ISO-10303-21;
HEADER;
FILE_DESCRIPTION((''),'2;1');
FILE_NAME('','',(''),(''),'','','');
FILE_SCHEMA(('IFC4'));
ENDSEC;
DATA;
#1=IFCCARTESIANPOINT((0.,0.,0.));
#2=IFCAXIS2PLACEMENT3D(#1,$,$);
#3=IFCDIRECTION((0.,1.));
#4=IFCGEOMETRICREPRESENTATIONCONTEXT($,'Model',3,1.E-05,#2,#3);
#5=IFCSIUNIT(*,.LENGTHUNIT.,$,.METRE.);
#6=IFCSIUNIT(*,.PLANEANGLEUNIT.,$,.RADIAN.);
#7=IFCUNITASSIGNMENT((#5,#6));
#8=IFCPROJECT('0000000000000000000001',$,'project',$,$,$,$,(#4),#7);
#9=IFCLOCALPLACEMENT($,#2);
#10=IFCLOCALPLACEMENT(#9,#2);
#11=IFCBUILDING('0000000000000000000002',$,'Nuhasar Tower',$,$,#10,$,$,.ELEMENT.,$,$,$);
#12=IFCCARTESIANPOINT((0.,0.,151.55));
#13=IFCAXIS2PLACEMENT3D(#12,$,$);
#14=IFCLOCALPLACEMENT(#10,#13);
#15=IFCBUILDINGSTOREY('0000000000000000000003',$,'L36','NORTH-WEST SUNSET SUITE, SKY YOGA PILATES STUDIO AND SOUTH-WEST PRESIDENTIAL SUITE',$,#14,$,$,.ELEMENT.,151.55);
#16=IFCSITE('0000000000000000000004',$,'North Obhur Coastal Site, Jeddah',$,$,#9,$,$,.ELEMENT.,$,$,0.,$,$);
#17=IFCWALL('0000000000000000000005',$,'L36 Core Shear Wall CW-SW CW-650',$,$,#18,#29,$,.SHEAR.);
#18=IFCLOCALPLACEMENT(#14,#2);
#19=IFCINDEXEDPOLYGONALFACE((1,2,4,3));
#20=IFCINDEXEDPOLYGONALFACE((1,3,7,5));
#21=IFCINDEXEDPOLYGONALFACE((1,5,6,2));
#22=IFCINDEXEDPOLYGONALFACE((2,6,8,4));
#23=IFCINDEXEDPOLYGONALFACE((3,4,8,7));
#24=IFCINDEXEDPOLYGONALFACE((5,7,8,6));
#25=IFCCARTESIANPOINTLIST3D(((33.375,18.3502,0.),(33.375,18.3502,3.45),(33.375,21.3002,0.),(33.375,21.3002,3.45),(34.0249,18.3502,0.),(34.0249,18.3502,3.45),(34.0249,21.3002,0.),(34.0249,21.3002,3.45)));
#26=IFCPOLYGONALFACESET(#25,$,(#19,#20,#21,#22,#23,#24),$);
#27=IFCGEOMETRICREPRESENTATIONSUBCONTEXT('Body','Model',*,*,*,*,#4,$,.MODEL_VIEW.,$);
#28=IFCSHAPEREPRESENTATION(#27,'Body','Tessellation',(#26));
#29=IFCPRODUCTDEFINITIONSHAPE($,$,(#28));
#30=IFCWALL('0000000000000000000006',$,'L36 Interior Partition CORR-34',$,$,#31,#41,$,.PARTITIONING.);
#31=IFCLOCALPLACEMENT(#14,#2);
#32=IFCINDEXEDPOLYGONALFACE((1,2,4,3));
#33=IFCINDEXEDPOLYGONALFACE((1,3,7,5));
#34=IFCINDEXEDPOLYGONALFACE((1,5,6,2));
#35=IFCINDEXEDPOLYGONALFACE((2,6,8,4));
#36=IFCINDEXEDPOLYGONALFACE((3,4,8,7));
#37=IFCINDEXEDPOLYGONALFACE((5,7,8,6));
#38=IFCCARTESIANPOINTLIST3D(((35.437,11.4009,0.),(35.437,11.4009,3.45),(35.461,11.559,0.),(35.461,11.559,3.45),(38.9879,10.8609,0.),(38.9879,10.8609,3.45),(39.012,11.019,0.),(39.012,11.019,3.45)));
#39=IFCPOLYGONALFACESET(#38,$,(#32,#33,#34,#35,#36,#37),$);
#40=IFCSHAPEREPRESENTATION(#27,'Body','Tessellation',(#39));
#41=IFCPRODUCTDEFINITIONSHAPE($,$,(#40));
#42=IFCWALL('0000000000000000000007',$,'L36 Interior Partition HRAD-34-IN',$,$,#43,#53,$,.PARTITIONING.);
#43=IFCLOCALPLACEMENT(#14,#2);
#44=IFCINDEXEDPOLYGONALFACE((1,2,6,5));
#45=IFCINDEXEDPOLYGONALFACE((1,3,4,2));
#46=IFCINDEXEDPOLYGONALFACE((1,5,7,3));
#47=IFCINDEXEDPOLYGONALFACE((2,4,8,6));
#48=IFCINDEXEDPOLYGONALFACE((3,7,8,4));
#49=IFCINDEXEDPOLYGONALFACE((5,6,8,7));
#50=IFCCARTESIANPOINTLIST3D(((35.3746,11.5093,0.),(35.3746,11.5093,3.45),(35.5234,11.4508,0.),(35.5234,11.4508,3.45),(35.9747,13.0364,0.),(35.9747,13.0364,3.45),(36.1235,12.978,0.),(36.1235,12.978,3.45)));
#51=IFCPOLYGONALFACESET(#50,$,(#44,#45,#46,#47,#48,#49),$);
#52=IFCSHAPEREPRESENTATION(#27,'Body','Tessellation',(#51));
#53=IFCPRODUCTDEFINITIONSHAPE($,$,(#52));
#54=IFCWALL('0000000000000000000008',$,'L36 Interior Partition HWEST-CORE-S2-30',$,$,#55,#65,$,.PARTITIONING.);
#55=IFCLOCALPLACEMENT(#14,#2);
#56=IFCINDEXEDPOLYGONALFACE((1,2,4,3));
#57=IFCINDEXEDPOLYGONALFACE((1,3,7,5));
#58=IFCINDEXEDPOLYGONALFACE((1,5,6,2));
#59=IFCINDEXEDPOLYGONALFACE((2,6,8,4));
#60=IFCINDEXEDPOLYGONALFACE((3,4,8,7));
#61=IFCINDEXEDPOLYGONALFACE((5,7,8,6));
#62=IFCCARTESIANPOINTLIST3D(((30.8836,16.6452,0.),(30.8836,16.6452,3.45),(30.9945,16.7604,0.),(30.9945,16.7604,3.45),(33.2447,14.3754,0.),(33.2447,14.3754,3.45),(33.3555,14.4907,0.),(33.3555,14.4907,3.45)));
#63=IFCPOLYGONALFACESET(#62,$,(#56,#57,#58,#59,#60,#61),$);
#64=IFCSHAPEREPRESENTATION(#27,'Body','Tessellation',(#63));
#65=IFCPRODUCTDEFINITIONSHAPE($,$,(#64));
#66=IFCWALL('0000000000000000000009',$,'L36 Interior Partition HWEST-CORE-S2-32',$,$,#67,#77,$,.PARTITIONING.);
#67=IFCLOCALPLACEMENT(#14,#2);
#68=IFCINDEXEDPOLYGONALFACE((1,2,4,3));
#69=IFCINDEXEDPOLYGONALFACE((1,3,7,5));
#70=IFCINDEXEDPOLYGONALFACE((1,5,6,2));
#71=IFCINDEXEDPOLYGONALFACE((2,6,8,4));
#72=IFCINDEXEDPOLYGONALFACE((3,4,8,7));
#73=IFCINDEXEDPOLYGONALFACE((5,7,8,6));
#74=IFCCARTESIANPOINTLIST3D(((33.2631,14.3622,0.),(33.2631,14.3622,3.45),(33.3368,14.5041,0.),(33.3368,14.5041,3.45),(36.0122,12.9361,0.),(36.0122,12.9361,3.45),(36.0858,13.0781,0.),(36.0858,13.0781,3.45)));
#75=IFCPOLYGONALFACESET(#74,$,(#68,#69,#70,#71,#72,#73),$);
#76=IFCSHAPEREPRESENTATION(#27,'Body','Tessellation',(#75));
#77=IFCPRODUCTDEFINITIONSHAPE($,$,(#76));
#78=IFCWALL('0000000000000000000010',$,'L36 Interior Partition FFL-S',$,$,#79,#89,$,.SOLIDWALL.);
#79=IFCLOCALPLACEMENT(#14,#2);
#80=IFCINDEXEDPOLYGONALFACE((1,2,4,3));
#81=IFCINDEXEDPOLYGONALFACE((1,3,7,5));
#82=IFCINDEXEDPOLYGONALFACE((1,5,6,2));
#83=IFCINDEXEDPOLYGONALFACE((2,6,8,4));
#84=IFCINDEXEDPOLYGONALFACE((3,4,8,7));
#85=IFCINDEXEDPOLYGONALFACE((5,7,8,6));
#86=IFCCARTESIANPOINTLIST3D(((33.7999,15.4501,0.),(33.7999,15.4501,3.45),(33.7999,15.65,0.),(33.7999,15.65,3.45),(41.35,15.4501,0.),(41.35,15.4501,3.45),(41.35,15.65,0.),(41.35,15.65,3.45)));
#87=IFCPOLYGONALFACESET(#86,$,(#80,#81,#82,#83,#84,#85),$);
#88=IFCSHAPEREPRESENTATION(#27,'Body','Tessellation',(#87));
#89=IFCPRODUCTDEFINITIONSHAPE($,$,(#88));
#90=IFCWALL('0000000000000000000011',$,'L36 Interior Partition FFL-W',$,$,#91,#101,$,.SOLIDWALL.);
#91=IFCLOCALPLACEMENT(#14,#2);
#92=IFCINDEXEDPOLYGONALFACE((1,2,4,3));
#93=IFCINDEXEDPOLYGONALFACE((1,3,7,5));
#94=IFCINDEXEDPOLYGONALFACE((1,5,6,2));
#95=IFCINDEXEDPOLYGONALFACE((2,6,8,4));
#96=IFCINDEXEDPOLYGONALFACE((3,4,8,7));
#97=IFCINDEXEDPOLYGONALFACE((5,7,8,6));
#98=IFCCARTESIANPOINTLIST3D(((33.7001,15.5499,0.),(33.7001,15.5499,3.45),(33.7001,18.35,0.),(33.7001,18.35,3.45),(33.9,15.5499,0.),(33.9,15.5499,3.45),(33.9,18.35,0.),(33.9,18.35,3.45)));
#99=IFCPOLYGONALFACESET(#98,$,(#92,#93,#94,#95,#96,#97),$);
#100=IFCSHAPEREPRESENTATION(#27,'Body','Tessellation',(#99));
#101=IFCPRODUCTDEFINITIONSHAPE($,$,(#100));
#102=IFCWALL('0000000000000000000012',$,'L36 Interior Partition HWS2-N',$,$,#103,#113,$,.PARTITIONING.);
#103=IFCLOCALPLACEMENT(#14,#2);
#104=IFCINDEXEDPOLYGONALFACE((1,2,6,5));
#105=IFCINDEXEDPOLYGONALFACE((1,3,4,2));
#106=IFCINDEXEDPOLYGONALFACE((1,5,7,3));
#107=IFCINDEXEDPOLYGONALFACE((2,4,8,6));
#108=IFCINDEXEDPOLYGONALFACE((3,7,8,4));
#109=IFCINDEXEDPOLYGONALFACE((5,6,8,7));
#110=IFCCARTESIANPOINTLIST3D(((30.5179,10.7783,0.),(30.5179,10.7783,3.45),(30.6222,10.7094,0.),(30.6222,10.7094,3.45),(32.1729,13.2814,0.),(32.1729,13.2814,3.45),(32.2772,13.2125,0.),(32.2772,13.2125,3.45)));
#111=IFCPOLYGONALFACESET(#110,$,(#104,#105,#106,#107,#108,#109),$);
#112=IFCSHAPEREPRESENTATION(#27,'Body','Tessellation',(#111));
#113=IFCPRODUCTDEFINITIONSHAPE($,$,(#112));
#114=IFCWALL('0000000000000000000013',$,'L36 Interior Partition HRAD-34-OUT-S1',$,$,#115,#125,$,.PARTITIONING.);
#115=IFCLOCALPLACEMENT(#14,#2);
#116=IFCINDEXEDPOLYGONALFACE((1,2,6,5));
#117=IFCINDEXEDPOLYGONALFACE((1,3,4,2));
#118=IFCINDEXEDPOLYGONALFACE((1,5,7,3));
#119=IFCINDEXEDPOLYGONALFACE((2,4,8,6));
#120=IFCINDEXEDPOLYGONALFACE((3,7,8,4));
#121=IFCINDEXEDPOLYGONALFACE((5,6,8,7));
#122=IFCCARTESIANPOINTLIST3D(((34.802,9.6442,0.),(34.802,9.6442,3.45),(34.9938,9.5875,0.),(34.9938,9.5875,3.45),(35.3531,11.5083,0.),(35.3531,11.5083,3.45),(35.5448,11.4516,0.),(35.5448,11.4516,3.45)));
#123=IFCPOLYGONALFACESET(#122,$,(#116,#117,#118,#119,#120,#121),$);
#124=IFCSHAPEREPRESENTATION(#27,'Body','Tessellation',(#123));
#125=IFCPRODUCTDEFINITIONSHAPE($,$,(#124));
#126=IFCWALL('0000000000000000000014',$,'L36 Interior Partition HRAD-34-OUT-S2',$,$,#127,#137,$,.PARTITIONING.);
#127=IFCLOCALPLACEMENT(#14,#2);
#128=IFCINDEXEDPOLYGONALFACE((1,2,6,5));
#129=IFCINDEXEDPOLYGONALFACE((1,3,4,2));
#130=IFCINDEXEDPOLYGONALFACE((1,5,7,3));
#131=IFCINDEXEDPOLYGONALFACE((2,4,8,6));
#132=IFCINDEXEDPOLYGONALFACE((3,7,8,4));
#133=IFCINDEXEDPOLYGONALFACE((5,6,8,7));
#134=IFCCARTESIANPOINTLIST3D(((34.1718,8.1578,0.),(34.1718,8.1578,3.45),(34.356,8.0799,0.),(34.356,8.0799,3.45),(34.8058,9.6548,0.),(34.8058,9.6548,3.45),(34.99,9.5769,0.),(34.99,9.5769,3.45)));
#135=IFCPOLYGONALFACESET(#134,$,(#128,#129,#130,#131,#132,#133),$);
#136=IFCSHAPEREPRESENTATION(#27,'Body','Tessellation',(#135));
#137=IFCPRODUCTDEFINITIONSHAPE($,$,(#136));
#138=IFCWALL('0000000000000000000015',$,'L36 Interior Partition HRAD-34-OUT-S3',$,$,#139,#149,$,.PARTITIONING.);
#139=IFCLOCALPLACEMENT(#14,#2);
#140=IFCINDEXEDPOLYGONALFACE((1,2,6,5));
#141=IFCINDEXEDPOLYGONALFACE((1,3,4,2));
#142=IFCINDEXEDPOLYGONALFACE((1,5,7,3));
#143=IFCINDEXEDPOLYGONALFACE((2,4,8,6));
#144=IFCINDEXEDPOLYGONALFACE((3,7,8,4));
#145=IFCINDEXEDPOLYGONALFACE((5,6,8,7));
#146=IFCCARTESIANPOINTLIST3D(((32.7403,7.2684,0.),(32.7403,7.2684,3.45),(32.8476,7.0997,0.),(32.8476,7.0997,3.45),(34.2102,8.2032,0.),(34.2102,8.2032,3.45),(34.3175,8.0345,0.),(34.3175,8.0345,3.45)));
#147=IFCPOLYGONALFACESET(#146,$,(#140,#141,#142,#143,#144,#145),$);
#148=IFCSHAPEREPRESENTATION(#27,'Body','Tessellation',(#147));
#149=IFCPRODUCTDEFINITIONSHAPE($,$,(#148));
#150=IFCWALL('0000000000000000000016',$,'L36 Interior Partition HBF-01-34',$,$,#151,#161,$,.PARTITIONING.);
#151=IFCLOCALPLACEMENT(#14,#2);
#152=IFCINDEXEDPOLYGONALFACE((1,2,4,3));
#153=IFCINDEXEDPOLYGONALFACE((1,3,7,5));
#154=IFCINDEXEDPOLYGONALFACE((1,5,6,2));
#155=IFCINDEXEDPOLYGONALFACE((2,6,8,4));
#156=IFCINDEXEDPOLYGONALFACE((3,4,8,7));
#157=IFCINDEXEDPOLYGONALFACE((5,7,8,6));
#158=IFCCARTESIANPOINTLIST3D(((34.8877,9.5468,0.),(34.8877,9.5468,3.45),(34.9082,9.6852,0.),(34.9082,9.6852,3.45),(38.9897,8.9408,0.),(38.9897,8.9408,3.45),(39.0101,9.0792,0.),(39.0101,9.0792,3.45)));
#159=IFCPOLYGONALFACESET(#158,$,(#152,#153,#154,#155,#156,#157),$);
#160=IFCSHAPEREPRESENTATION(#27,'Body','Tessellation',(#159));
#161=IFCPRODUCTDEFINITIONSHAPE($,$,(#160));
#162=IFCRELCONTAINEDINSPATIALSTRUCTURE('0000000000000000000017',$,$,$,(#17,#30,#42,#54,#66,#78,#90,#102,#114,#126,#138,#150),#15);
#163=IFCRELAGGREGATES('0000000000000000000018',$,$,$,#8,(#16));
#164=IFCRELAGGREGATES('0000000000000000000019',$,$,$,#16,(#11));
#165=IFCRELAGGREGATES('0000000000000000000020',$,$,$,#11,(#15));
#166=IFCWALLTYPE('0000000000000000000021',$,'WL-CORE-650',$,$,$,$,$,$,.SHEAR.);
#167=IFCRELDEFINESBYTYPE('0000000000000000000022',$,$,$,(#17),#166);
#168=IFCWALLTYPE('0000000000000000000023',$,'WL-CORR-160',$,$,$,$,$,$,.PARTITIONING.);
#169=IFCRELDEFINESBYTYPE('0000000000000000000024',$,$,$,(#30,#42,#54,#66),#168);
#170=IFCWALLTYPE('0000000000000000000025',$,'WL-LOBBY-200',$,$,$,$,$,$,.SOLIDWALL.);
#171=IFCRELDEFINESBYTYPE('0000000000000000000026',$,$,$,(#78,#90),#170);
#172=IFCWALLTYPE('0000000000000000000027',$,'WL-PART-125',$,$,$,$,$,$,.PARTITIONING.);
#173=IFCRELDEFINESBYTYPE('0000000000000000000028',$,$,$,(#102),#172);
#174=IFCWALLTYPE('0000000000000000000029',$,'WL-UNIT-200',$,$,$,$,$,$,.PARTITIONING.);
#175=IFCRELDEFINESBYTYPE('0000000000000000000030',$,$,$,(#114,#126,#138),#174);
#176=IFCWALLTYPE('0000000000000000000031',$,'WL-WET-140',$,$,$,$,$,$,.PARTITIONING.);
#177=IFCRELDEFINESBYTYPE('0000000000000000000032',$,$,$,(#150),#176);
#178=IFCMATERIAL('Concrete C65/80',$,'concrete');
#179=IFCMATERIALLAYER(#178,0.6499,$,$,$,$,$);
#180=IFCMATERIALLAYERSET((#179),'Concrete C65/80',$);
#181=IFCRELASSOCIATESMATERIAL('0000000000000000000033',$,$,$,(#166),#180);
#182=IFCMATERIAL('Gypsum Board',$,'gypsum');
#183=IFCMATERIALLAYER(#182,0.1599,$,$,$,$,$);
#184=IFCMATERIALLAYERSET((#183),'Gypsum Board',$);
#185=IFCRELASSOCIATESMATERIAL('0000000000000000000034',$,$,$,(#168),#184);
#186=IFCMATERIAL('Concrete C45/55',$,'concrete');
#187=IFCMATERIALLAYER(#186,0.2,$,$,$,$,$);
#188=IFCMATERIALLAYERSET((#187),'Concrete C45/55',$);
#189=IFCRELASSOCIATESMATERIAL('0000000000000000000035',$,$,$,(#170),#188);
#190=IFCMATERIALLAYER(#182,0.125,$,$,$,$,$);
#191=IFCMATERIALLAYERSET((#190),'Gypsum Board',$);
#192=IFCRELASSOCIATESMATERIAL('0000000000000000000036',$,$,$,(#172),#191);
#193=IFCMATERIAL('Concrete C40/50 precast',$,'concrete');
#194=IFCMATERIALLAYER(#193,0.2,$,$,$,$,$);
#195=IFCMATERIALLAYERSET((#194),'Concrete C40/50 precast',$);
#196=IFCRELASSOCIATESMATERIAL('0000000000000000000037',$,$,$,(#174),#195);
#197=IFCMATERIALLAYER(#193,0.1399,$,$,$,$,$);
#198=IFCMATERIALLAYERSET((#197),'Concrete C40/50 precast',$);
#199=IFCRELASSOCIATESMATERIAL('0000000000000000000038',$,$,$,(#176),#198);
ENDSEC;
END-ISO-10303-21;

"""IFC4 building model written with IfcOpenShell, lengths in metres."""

from ifc_helpers import new_model, si_unit, direction, frame, frame_2d, origin, place, context, subcontext, project, spatial, rectangle, extrude, material, layer, layer_set, type_object, element, save


model = new_model("IFC4")

# Units and contexts
model_context = context("Model", 3, precision=1e-05, world=origin(), true_north=direction((0.0, 1.0)))
body_context = subcontext(model_context, "Body", "Model", "MODEL_VIEW")
ifc_project = project(units=[si_unit("LENGTHUNIT", "METRE"), si_unit("PLANEANGLEUNIT", "RADIAN")], contexts=[model_context])

# Site, building, storey
site_placement = place(None, origin())
site = spatial("IfcSite", under=ifc_project, at=site_placement, Name="North Obhur Coastal Site, Jeddah", CompositionType="ELEMENT", RefElevation=0.0)
building_placement = place(site_placement, origin())
building = spatial("IfcBuilding", under=site, at=building_placement, Name="Nuhasar Tower", CompositionType="ELEMENT")
storey_placement = place(building_placement, frame((0.0, 0.0, 151.55)))
storey = spatial("IfcBuildingStorey", under=building, at=storey_placement, Name="L36", Description="NORTH-WEST SUNSET SUITE, SKY YOGA PILATES STUDIO AND SOUTH-WEST PRESIDENTIAL SUITE", CompositionType="ELEMENT", Elevation=151.55)

# Shared definitions
ifc_material_1 = material(Name="Concrete C65/80", Category="concrete")

# Walls
ifc_layer_1 = layer(ifc_material_1, 0.6499)
ifc_layer_set_1 = layer_set([ifc_layer_1], Name="Concrete C65/80")
wall_type_1 = type_object("IfcWallType", Name="WL-CORE-650", PredefinedType="SHEAR", material=ifc_layer_set_1)
wall_1_placement = place(storey_placement, frame((33.7, 18.3501, 0.0), z_axis=(0.0, 0.0, 1.0), x_axis=(0.0, 1.0, 0.0)))
element("IfcWall", 1, at=wall_1_placement, inside=storey, type_object=wall_type_1, Name="L36 Core Shear Wall CW-SW CW-650", PredefinedType="SHEAR", context=body_context, shape_type="SweptSolid", body=[
    extrude(rectangle(XDim=2.95, YDim=0.6499, at=frame_2d((1.4751, 0.0))), origin(), (0.0, 0.0, 1.0), 3.45),
])
ifc_material_2 = material(Name="Gypsum Board", Category="gypsum")
ifc_layer_2 = layer(ifc_material_2, 0.1599)
ifc_layer_set_2 = layer_set([ifc_layer_2], Name="Gypsum Board")
wall_type_2 = type_object("IfcWallType", Name="WL-CORR-160", PredefinedType="PARTITIONING", material=ifc_layer_set_2)
wall_2_placement = place(storey_placement, frame((35.449, 11.48, 0.0), z_axis=(0.0, 0.0, 1.0), x_axis=(0.988633, -0.150351, 0.0)))
element("IfcWall", 2, at=wall_2_placement, inside=storey, type_object=wall_type_2, Name="L36 Interior Partition CORR-34", PredefinedType="PARTITIONING", context=body_context, shape_type="SweptSolid", body=[
    extrude(rectangle(XDim=3.5918, YDim=0.1599, at=frame_2d((1.7959, 0.0))), origin(), (0.0, 0.0, 1.0), 3.45),
])
wall_3_placement = place(storey_placement, frame((36.0491, 13.0071, 0.0), z_axis=(0.0, 0.0, 1.0), x_axis=(-0.36574, -0.930717, 0.0)))
element("IfcWall", 3, at=wall_3_placement, inside=storey, type_object=wall_type_2, Name="L36 Interior Partition HRAD-34-IN", PredefinedType="PARTITIONING", context=body_context, shape_type="SweptSolid", body=[
    extrude(rectangle(XDim=1.6409, YDim=0.1599, at=frame_2d((0.8203, 0.0))), origin(), (0.0, 0.0, 1.0), 3.45),
])
wall_4_placement = place(storey_placement, frame((30.939, 16.7029, 0.0), z_axis=(0.0, 0.0, 1.0), x_axis=(0.720909, -0.69303, 0.0)))
element("IfcWall", 4, at=wall_4_placement, inside=storey, type_object=wall_type_2, Name="L36 Interior Partition HWEST-CORE-S2-30", PredefinedType="PARTITIONING", context=body_context, shape_type="SweptSolid", body=[
    extrude(rectangle(XDim=3.2751, YDim=0.1599, at=frame_2d((1.6377, 0.0))), origin(), (0.0, 0.0, 1.0), 3.45),
])
wall_5_placement = place(storey_placement, frame((33.3, 14.4331, 0.0), z_axis=(0.0, 0.0, 1.0), x_axis=(0.887675, -0.460471, 0.0)))
element("IfcWall", 5, at=wall_5_placement, inside=storey, type_object=wall_type_2, Name="L36 Interior Partition HWEST-CORE-S2-32", PredefinedType="PARTITIONING", context=body_context, shape_type="SweptSolid", body=[
    extrude(rectangle(XDim=3.0969, YDim=0.1599, at=frame_2d((1.5483, 0.0))), origin(), (0.0, 0.0, 1.0), 3.45),
])
ifc_material_3 = material(Name="Concrete C45/55", Category="concrete")
ifc_layer_3 = layer(ifc_material_3, 0.2)
ifc_layer_set_3 = layer_set([ifc_layer_3], Name="Concrete C45/55")
wall_type_3 = type_object("IfcWallType", Name="WL-LOBBY-200", PredefinedType="SOLIDWALL", material=ifc_layer_set_3)
wall_6_placement = place(storey_placement, frame((33.8, 15.55, 0.0), z_axis=(0.0, 0.0, 1.0), x_axis=(1.0, 0.0, 0.0)))
element("IfcWall", 6, at=wall_6_placement, inside=storey, type_object=wall_type_3, Name="L36 Interior Partition FFL-S", PredefinedType="SOLIDWALL", context=body_context, shape_type="SweptSolid", body=[
    extrude(rectangle(XDim=7.55, YDim=0.2, at=frame_2d((3.7749, 0.0))), origin(), (0.0, 0.0, 1.0), 3.45),
])
wall_7_placement = place(storey_placement, frame((33.8, 15.55, 0.0), z_axis=(0.0, 0.0, 1.0), x_axis=(0.0, 1.0, 0.0)))
element("IfcWall", 7, at=wall_7_placement, inside=storey, type_object=wall_type_3, Name="L36 Interior Partition FFL-W", PredefinedType="SOLIDWALL", context=body_context, shape_type="SweptSolid", body=[
    extrude(rectangle(XDim=2.8, YDim=0.2, at=frame_2d((1.3999, 0.0))), origin(), (0.0, 0.0, 1.0), 3.45),
])
ifc_layer_4 = layer(ifc_material_2, 0.125)
ifc_layer_set_4 = layer_set([ifc_layer_4], Name="Gypsum Board")
wall_type_4 = type_object("IfcWallType", Name="WL-PART-125", PredefinedType="PARTITIONING", material=ifc_layer_set_4)
wall_8_placement = place(storey_placement, frame((32.2251, 13.2471, 0.0), z_axis=(0.0, 0.0, 1.0), x_axis=(-0.551523, -0.83416, 0.0)))
element("IfcWall", 8, at=wall_8_placement, inside=storey, type_object=wall_type_4, Name="L36 Interior Partition HWS2-N", PredefinedType="PARTITIONING", context=body_context, shape_type="SweptSolid", body=[
    extrude(rectangle(XDim=3.0007, YDim=0.125, at=frame_2d((1.5005, 0.0))), origin(), (0.0, 0.0, 1.0), 3.45),
])
ifc_material_4 = material(Name="Concrete C40/50 precast", Category="concrete")
ifc_layer_5 = layer(ifc_material_4, 0.2)
ifc_layer_set_5 = layer_set([ifc_layer_5], Name="Concrete C40/50 precast")
wall_type_5 = type_object("IfcWallType", Name="WL-UNIT-200", PredefinedType="PARTITIONING", material=ifc_layer_set_5)
wall_9_placement = place(storey_placement, frame((35.449, 11.48, 0.0), z_axis=(0.0, 0.0, 1.0), x_axis=(-0.283485, -0.958977, 0.0)))
element("IfcWall", 9, at=wall_9_placement, inside=storey, type_object=wall_type_5, Name="L36 Interior Partition HRAD-34-OUT-S1", PredefinedType="PARTITIONING", context=body_context, shape_type="SweptSolid", body=[
    extrude(rectangle(XDim=1.9438, YDim=0.2, at=frame_2d((0.9719, 0.0))), origin(), (0.0, 0.0, 1.0), 3.45),
])
wall_10_placement = place(storey_placement, frame((34.8979, 9.616, 0.0), z_axis=(0.0, 0.0, 1.0), x_axis=(-0.389983, -0.920822, 0.0)))
element("IfcWall", 10, at=wall_10_placement, inside=storey, type_object=wall_type_5, Name="L36 Interior Partition HRAD-34-OUT-S2", PredefinedType="PARTITIONING", context=body_context, shape_type="SweptSolid", body=[
    extrude(rectangle(XDim=1.6257, YDim=0.2, at=frame_2d((0.813, 0.0))), origin(), (0.0, 0.0, 1.0), 3.45),
])
wall_11_placement = place(storey_placement, frame((34.2639, 8.1189, 0.0), z_axis=(0.0, 0.0, 1.0), x_axis=(-0.843823, -0.536622, 0.0)))
element("IfcWall", 11, at=wall_11_placement, inside=storey, type_object=wall_type_5, Name="L36 Interior Partition HRAD-34-OUT-S3", PredefinedType="PARTITIONING", context=body_context, shape_type="SweptSolid", body=[
    extrude(rectangle(XDim=1.7419, YDim=0.2, at=frame_2d((0.8711, 0.0))), origin(), (0.0, 0.0, 1.0), 3.45),
])
ifc_layer_6 = layer(ifc_material_4, 0.1399)
ifc_layer_set_6 = layer_set([ifc_layer_6], Name="Concrete C40/50 precast")
wall_type_6 = type_object("IfcWallType", Name="WL-WET-140", PredefinedType="PARTITIONING", material=ifc_layer_set_6)
wall_12_placement = place(storey_placement, frame((34.8979, 9.616, 0.0), z_axis=(0.0, 0.0, 1.0), x_axis=(0.989265, -0.146135, 0.0)))
element("IfcWall", 12, at=wall_12_placement, inside=storey, type_object=wall_type_6, Name="L36 Interior Partition HBF-01-34", PredefinedType="PARTITIONING", context=body_context, shape_type="SweptSolid", body=[
    extrude(rectangle(XDim=4.1465, YDim=0.1399, at=frame_2d((2.0732, 0.0))), origin(), (0.0, 0.0, 1.0), 3.45),
])

save(model, "model.ifc")
